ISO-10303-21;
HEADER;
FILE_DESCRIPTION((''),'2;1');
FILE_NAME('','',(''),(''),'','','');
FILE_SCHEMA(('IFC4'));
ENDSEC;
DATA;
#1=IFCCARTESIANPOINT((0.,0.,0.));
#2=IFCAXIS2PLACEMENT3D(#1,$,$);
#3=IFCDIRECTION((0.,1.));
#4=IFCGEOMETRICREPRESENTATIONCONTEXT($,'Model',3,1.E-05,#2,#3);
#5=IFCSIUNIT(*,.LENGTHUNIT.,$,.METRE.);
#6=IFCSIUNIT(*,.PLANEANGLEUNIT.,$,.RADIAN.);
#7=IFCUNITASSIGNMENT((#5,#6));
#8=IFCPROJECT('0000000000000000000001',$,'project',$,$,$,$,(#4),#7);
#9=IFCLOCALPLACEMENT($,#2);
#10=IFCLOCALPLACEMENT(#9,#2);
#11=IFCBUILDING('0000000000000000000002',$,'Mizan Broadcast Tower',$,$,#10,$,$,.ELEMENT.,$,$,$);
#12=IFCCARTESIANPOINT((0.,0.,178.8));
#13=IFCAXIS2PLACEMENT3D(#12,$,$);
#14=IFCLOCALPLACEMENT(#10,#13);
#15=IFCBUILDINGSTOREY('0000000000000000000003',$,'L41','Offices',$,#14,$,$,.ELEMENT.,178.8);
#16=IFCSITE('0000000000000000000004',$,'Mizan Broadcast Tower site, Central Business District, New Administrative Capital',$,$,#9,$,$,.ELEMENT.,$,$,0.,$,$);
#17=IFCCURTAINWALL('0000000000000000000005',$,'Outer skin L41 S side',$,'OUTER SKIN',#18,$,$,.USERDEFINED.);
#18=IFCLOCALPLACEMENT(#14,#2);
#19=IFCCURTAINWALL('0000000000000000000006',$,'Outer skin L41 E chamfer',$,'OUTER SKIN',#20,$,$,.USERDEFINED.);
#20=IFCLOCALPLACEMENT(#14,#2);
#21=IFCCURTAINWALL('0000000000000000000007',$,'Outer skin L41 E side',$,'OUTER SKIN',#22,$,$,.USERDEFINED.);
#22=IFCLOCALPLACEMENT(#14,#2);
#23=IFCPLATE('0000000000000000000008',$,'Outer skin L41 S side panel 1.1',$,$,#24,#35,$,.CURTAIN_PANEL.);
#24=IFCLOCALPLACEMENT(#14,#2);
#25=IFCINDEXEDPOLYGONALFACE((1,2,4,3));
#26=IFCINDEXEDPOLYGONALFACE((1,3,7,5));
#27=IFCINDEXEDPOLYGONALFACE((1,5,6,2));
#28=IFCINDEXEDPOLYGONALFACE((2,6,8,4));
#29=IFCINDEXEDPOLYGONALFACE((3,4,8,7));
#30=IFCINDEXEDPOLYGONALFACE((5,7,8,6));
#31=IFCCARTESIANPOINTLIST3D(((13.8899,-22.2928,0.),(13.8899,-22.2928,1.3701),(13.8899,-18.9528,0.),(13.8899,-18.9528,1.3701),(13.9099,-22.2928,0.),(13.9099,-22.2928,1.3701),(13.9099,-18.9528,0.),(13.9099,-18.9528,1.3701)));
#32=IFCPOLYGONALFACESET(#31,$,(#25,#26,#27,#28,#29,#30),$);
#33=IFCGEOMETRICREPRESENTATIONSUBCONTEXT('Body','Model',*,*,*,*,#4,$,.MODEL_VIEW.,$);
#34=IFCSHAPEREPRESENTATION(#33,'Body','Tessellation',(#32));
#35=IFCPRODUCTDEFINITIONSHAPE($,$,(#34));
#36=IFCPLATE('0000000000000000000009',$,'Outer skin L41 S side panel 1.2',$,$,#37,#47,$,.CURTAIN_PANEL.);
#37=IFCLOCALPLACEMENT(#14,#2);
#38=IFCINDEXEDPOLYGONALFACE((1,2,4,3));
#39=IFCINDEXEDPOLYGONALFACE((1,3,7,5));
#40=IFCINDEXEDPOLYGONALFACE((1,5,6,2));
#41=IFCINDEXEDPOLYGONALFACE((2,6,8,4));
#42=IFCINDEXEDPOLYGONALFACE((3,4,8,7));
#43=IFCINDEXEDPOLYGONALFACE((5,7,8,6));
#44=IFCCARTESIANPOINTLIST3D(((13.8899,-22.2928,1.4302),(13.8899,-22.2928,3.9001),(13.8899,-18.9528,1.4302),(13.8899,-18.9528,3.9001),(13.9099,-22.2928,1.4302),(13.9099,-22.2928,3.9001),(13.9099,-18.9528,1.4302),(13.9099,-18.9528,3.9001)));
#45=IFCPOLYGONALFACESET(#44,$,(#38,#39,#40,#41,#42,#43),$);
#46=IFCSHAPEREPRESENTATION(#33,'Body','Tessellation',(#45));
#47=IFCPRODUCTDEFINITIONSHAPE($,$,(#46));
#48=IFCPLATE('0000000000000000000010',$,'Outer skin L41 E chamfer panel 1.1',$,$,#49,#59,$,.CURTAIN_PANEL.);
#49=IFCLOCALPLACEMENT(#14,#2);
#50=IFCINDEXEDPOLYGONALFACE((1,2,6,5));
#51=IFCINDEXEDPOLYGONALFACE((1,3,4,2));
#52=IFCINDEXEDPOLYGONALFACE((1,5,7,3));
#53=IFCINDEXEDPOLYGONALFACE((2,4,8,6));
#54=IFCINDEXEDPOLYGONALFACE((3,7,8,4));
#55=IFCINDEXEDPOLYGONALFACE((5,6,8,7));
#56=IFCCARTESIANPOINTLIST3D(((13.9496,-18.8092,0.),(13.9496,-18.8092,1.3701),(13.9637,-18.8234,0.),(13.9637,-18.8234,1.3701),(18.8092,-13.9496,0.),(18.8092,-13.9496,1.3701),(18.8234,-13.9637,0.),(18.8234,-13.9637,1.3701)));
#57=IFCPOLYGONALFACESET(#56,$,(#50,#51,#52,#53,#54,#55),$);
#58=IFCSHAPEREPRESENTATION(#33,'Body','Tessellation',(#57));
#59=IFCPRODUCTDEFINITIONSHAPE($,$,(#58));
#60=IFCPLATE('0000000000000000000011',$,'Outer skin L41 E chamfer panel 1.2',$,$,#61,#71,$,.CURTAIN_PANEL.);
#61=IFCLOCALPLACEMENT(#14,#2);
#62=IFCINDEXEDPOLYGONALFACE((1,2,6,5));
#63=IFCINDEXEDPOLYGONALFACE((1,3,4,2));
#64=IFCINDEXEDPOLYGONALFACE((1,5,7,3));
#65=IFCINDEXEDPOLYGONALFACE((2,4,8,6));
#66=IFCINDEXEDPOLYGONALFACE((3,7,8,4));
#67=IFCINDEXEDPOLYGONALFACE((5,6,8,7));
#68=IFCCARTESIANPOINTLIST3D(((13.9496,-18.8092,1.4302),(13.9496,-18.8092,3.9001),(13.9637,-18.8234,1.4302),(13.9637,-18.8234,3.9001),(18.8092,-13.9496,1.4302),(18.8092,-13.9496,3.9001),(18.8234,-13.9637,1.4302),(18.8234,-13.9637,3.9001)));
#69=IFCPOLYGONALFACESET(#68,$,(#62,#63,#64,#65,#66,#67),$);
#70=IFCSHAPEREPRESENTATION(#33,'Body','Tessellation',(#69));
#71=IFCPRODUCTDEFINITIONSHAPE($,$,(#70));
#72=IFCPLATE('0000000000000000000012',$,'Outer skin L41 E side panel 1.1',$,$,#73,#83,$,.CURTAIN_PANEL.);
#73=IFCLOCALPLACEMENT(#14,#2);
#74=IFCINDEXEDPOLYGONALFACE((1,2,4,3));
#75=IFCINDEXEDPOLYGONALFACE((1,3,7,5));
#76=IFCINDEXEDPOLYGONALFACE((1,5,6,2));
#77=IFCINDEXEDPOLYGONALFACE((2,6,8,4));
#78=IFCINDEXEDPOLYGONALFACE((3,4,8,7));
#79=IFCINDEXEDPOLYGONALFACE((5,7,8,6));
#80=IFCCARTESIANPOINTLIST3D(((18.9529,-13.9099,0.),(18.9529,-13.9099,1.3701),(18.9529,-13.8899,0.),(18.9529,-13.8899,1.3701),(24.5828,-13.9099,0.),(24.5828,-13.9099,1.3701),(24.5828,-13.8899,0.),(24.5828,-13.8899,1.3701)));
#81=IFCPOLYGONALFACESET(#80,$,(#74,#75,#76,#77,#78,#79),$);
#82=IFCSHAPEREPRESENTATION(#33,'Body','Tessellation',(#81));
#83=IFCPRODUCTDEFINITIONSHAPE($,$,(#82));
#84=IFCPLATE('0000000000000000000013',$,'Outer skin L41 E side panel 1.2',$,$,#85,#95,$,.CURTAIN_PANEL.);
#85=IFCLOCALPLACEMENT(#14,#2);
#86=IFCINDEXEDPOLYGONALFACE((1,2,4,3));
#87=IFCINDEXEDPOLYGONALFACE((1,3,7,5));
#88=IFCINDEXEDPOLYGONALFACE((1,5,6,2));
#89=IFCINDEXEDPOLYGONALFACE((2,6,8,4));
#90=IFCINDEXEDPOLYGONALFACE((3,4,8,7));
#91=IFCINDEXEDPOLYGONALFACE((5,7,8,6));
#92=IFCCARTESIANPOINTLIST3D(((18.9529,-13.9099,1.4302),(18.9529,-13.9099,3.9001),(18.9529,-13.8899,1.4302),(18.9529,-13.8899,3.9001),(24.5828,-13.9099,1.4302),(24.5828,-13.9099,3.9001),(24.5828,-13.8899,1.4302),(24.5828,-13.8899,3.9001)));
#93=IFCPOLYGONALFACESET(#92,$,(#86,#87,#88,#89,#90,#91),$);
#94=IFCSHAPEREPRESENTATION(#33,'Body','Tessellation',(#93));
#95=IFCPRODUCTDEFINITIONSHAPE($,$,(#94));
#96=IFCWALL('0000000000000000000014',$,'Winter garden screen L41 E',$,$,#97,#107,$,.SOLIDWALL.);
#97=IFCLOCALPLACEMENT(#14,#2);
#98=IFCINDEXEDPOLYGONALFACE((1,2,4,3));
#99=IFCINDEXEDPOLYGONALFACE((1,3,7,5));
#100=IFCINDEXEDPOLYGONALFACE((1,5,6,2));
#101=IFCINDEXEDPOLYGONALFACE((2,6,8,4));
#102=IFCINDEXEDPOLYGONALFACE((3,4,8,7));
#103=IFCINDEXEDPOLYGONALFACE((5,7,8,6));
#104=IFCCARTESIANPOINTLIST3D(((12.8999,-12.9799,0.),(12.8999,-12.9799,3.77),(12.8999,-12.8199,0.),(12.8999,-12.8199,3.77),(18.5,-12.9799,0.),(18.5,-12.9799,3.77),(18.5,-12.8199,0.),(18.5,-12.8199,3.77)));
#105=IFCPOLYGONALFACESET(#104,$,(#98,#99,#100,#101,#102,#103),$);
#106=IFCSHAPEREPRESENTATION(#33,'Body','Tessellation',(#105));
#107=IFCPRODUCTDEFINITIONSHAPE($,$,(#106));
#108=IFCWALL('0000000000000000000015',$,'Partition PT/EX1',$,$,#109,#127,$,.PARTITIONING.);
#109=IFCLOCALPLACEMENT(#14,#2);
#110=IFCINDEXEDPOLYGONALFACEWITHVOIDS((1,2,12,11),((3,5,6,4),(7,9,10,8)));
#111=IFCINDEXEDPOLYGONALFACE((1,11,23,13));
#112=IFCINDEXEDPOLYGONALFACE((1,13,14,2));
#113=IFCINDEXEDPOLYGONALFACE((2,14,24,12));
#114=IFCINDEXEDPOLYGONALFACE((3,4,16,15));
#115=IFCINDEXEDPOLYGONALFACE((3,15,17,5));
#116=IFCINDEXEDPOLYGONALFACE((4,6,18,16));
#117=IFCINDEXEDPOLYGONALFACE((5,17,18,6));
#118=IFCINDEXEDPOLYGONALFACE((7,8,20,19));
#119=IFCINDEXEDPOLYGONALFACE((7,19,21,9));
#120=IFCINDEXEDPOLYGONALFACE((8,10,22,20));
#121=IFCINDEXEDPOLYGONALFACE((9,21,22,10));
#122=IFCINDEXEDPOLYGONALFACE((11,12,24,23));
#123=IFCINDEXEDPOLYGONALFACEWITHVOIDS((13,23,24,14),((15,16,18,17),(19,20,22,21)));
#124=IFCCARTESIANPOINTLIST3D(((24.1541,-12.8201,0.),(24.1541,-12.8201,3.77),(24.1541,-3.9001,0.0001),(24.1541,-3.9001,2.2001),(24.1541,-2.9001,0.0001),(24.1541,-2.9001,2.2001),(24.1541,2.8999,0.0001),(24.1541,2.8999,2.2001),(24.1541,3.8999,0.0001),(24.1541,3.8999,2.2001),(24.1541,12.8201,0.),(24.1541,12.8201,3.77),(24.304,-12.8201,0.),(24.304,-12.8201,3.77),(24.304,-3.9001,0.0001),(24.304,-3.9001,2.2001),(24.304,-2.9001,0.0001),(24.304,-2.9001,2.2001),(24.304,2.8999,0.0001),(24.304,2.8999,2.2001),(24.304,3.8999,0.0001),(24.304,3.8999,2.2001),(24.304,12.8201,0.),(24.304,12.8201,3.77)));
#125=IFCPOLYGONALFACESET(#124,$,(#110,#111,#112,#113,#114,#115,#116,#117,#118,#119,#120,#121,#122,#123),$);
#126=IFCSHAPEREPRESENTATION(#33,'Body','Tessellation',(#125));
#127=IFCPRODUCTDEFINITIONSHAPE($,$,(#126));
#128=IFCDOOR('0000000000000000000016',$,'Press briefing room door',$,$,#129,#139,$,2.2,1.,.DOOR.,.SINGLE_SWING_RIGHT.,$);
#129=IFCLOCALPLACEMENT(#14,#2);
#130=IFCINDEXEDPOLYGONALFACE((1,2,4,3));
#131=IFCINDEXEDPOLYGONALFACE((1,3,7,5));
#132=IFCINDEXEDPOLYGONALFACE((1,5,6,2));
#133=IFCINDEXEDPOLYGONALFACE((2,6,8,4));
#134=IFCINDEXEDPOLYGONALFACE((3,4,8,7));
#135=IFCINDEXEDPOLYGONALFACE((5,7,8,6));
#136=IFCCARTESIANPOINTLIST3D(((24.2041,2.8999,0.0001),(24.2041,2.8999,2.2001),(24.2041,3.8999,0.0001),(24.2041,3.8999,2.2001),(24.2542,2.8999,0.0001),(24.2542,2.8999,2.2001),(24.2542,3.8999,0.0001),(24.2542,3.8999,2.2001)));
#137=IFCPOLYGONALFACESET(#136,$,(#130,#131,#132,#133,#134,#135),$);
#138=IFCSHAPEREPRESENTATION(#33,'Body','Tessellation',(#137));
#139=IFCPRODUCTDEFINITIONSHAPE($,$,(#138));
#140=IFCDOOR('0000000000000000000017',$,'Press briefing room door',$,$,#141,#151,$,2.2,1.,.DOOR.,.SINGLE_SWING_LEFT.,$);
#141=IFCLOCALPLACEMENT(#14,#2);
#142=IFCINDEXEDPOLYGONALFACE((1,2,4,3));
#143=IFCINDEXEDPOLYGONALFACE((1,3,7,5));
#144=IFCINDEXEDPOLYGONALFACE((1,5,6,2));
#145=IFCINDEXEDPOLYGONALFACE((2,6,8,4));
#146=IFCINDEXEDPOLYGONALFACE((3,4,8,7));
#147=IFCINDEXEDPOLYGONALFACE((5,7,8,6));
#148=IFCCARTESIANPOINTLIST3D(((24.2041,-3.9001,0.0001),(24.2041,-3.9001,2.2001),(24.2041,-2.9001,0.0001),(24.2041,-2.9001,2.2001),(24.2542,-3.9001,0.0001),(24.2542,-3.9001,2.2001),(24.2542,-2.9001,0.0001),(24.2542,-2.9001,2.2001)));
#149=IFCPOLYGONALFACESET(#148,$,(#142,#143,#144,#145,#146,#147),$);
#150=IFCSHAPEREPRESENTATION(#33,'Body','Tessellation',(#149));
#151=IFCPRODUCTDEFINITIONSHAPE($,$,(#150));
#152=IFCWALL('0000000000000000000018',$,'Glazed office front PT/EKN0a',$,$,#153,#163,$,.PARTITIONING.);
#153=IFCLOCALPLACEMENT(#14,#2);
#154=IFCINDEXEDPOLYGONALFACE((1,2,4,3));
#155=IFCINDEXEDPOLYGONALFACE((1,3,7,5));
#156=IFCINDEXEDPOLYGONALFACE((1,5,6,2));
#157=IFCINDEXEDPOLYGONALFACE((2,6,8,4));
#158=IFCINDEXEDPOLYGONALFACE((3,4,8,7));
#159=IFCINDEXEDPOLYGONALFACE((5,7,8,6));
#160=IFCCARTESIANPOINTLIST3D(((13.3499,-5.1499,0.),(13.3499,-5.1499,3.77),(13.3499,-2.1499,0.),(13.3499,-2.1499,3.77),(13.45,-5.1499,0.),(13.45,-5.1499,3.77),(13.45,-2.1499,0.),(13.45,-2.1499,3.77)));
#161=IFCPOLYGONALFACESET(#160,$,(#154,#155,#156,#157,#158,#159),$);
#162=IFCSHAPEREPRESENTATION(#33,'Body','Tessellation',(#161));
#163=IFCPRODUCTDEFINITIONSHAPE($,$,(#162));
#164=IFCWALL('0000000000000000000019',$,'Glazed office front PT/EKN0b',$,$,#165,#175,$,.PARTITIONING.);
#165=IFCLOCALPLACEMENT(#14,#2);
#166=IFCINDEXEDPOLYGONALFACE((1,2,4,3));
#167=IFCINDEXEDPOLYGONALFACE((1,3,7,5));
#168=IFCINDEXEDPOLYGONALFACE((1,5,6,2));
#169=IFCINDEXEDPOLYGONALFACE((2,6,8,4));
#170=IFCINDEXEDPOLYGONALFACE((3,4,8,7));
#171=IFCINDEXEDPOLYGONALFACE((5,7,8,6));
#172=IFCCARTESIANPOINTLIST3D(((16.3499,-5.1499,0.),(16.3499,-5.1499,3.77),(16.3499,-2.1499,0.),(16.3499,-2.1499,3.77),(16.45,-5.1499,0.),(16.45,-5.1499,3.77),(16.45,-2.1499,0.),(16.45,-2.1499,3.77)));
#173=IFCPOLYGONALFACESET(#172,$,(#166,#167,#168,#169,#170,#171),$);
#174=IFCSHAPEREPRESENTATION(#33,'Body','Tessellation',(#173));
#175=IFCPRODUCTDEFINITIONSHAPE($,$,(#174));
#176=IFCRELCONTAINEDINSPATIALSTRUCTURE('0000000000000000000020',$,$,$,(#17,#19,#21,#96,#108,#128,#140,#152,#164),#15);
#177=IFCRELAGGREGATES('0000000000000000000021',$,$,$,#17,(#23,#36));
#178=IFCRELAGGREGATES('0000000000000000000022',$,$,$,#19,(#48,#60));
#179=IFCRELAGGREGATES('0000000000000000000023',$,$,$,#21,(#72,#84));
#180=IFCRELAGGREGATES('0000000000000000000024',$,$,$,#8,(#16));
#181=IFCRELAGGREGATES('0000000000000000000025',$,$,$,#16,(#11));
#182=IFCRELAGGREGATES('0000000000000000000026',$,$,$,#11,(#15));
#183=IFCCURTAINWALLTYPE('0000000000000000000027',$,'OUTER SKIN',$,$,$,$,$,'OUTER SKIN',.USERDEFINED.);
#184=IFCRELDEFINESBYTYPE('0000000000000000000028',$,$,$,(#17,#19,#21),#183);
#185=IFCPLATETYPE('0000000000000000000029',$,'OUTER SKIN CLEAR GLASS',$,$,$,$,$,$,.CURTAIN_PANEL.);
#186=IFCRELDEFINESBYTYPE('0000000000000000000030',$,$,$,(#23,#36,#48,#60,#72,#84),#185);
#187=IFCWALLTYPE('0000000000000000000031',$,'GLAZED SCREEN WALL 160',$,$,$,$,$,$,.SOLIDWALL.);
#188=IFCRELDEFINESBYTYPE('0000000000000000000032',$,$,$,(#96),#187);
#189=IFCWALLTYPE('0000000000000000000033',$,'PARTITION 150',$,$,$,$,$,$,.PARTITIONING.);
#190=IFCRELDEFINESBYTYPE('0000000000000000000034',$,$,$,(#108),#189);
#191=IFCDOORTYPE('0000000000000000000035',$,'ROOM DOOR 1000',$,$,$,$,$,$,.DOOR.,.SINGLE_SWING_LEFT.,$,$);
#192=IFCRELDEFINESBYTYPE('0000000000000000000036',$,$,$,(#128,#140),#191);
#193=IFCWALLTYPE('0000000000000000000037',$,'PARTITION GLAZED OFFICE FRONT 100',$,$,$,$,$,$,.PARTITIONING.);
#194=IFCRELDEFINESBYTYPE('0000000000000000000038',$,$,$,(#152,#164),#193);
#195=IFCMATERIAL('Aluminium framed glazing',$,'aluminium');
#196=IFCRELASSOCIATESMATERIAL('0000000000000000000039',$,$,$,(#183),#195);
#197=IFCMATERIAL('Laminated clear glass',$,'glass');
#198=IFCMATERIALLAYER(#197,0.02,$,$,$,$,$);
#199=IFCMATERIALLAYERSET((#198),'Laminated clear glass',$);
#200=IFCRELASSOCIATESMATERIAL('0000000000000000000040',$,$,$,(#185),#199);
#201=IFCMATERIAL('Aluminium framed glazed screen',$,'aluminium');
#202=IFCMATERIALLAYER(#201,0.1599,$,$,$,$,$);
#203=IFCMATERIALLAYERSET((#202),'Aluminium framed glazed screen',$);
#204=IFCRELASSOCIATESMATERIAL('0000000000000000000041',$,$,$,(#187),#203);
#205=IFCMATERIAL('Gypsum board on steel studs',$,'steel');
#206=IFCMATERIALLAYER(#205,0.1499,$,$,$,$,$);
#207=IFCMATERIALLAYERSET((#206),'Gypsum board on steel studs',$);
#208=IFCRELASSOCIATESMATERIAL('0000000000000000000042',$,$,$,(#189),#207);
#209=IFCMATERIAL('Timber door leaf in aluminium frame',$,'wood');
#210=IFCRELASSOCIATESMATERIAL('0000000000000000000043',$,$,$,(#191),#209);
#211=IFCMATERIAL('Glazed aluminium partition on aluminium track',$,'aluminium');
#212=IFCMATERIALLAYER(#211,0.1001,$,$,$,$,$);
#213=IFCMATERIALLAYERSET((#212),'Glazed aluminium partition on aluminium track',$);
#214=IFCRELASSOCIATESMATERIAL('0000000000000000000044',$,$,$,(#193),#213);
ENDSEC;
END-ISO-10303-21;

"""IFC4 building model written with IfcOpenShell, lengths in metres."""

from ifc_helpers import new_model, si_unit, direction, frame, frame_2d, origin, origin_2d, place, context, subcontext, project, spatial, rectangle, extrude, material, layer, layer_set, type_object, element, fill, aggregate, save


model = new_model("IFC4")

# Units and contexts
model_context = context("Model", 3, precision=1e-05, world=origin(), true_north=direction((0.0, 1.0)))
body_context = subcontext(model_context, "Body", "Model", "MODEL_VIEW")
ifc_project = project(units=[si_unit("LENGTHUNIT", "METRE"), si_unit("PLANEANGLEUNIT", "RADIAN")], contexts=[model_context])

# Site, building, storey
site_placement = place(None, origin())
site = spatial("IfcSite", under=ifc_project, at=site_placement, Name="Mizan Broadcast Tower site, Central Business District, New Administrative Capital", CompositionType="ELEMENT", RefElevation=0.0)
building_placement = place(site_placement, origin())
building = spatial("IfcBuilding", under=site, at=building_placement, Name="Mizan Broadcast Tower", CompositionType="ELEMENT")
storey_placement = place(building_placement, frame((0.0, 0.0, 178.8)))
storey = spatial("IfcBuildingStorey", under=building, at=storey_placement, Name="L41", Description="Offices", CompositionType="ELEMENT", Elevation=178.8)

# Curtain walls
ifc_material_1 = material(Name="Aluminium framed glazing", Category="aluminium")
curtain_wall_type_1 = type_object("IfcCurtainWallType", Name="OUTER SKIN", ElementType="OUTER SKIN", PredefinedType="USERDEFINED", material=ifc_material_1)
curtain_wall_1_placement = place(storey_placement, origin())
curtain_wall_1 = element("IfcCurtainWall", 1, at=curtain_wall_1_placement, inside=storey, type_object=curtain_wall_type_1, Name="Outer skin L41 S side", ObjectType="OUTER SKIN", PredefinedType="USERDEFINED")
curtain_wall_2_placement = place(storey_placement, origin())
curtain_wall_2 = element("IfcCurtainWall", 2, at=curtain_wall_2_placement, inside=storey, type_object=curtain_wall_type_1, Name="Outer skin L41 E chamfer", ObjectType="OUTER SKIN", PredefinedType="USERDEFINED")
curtain_wall_3_placement = place(storey_placement, origin())
curtain_wall_3 = element("IfcCurtainWall", 3, at=curtain_wall_3_placement, inside=storey, type_object=curtain_wall_type_1, Name="Outer skin L41 E side", ObjectType="OUTER SKIN", PredefinedType="USERDEFINED")

# Plates
ifc_material_2 = material(Name="Laminated clear glass", Category="glass")
ifc_layer_1 = layer(ifc_material_2, 0.02)
ifc_layer_set_1 = layer_set([ifc_layer_1], Name="Laminated clear glass")
plate_type_1 = type_object("IfcPlateType", Name="OUTER SKIN CLEAR GLASS", PredefinedType="CURTAIN_PANEL", material=ifc_layer_set_1)
plate_1_placement = place(storey_placement, frame((13.8999, -20.6228, 0.0), z_axis=(0.0, 0.0, 1.0), x_axis=(0.0, 1.0, 0.0)))
plate_1 = element("IfcPlate", 4, at=plate_1_placement, type_object=plate_type_1, Name="Outer skin L41 S side panel 1.1", PredefinedType="CURTAIN_PANEL", context=body_context, shape_type="SweptSolid", body=[
    extrude(rectangle(XDim=3.3401, YDim=0.02, at=origin_2d()), origin(), (0.0, 0.0, 1.0), 1.3701),
])
plate_2_placement = place(storey_placement, frame((13.8999, -20.6228, 1.4302), z_axis=(0.0, 0.0, 1.0), x_axis=(0.0, 1.0, 0.0)))
plate_2 = element("IfcPlate", 5, at=plate_2_placement, type_object=plate_type_1, Name="Outer skin L41 S side panel 1.2", PredefinedType="CURTAIN_PANEL", context=body_context, shape_type="SweptSolid", body=[
    extrude(rectangle(XDim=3.3401, YDim=0.02, at=origin_2d()), origin(), (0.0, 0.0, 1.0), 2.47),
])
aggregate(curtain_wall_1, [plate_1, plate_2])
plate_3_placement = place(storey_placement, frame((16.3865, -16.3865, 0.0), z_axis=(0.0, 0.0, 1.0), x_axis=(0.707107, 0.707107, 0.0)))
plate_3 = element("IfcPlate", 6, at=plate_3_placement, type_object=plate_type_1, Name="Outer skin L41 E chamfer panel 1.1", PredefinedType="CURTAIN_PANEL", context=body_context, shape_type="SweptSolid", body=[
    extrude(rectangle(XDim=6.8726, YDim=0.02, at=origin_2d()), origin(), (0.0, 0.0, 1.0), 1.3701),
])
plate_4_placement = place(storey_placement, frame((16.3865, -16.3865, 1.4302), z_axis=(0.0, 0.0, 1.0), x_axis=(0.707107, 0.707107, 0.0)))
plate_4 = element("IfcPlate", 7, at=plate_4_placement, type_object=plate_type_1, Name="Outer skin L41 E chamfer panel 1.2", PredefinedType="CURTAIN_PANEL", context=body_context, shape_type="SweptSolid", body=[
    extrude(rectangle(XDim=6.8726, YDim=0.02, at=origin_2d()), origin(), (0.0, 0.0, 1.0), 2.47),
])
aggregate(curtain_wall_2, [plate_3, plate_4])
plate_5_placement = place(storey_placement, frame((21.7678, -13.8999, 0.0), z_axis=(0.0, 0.0, 1.0), x_axis=(1.0, 0.0, 0.0)))
plate_5 = element("IfcPlate", 8, at=plate_5_placement, type_object=plate_type_1, Name="Outer skin L41 E side panel 1.1", PredefinedType="CURTAIN_PANEL", context=body_context, shape_type="SweptSolid", body=[
    extrude(rectangle(XDim=5.6299, YDim=0.02, at=origin_2d()), origin(), (0.0, 0.0, 1.0), 1.3701),
])
plate_6_placement = place(storey_placement, frame((21.7678, -13.8999, 1.4302), z_axis=(0.0, 0.0, 1.0), x_axis=(1.0, 0.0, 0.0)))
plate_6 = element("IfcPlate", 9, at=plate_6_placement, type_object=plate_type_1, Name="Outer skin L41 E side panel 1.2", PredefinedType="CURTAIN_PANEL", context=body_context, shape_type="SweptSolid", body=[
    extrude(rectangle(XDim=5.6299, YDim=0.02, at=origin_2d()), origin(), (0.0, 0.0, 1.0), 2.47),
])
aggregate(curtain_wall_3, [plate_5, plate_6])

# Wall
ifc_material_3 = material(Name="Aluminium framed glazed screen", Category="aluminium")
ifc_layer_2 = layer(ifc_material_3, 0.1599)
ifc_layer_set_2 = layer_set([ifc_layer_2], Name="Aluminium framed glazed screen")
wall_type_1 = type_object("IfcWallType", Name="GLAZED SCREEN WALL 160", PredefinedType="SOLIDWALL", material=ifc_layer_set_2)
wall_1_placement = place(storey_placement, frame((12.8999, -12.8999, 0.0), z_axis=(0.0, 0.0, 1.0), x_axis=(1.0, 0.0, 0.0)))
element("IfcWall", 10, at=wall_1_placement, inside=storey, type_object=wall_type_1, Name="Winter garden screen L41 E", PredefinedType="SOLIDWALL", context=body_context, shape_type="SweptSolid", body=[
    extrude(rectangle(XDim=5.6001, YDim=0.1599, at=frame_2d((2.8, 0.0))), origin(), (0.0, 0.0, 1.0), 3.77),
])

# Wall, openings, doors
ifc_material_4 = material(Name="Gypsum board on steel studs", Category="steel")
ifc_layer_3 = layer(ifc_material_4, 0.1499)
ifc_layer_set_3 = layer_set([ifc_layer_3], Name="Gypsum board on steel studs")
wall_type_2 = type_object("IfcWallType", Name="PARTITION 150", PredefinedType="PARTITIONING", material=ifc_layer_set_3)
wall_2_placement = place(storey_placement, frame((24.229, -12.8201, 0.0), z_axis=(0.0, 0.0, 1.0), x_axis=(0.0, 1.0, 0.0)))
wall_2 = element("IfcWall", 11, at=wall_2_placement, inside=storey, type_object=wall_type_2, Name="Partition PT/EX1", PredefinedType="PARTITIONING", context=body_context, shape_type="SweptSolid", body=[
    extrude(rectangle(XDim=25.6401, YDim=0.1499, at=frame_2d((12.8201, 0.0))), origin(), (0.0, 0.0, 1.0), 3.77),
])
opening_1_placement = place(wall_2_placement, frame((15.72, 0.0, 0.0)))
opening_1 = element("IfcOpeningElement", 12, at=opening_1_placement, cuts=wall_2, PredefinedType="OPENING", context=body_context, shape_type="SweptSolid", body=[
    extrude(rectangle(XDim=1.0, YDim=2.2, at=frame_2d((0.5, 1.1001))), frame((0.0, 0.085, 0.0), z_axis=(0.0, -1.0, 0.0), x_axis=(1.0, 0.0, 0.0)), (0.0, 0.0, 1.0), 0.1699),
])
opening_2_placement = place(wall_2_placement, frame((8.9199, 0.0, 0.0)))
opening_2 = element("IfcOpeningElement", 13, at=opening_2_placement, cuts=wall_2, PredefinedType="OPENING", context=body_context, shape_type="SweptSolid", body=[
    extrude(rectangle(XDim=1.0, YDim=2.2, at=frame_2d((0.5, 1.1001))), frame((0.0, 0.085, 0.0), z_axis=(0.0, -1.0, 0.0), x_axis=(1.0, 0.0, 0.0)), (0.0, 0.0, 1.0), 0.1699),
])
ifc_material_5 = material(Name="Timber door leaf in aluminium frame", Category="wood")
door_type_1 = type_object("IfcDoorType", Name="ROOM DOOR 1000", OperationType="SINGLE_SWING_LEFT", PredefinedType="DOOR", material=ifc_material_5)
door_1_placement = place(opening_1_placement, origin())
door_1 = element("IfcDoor", 14, at=door_1_placement, inside=storey, type_object=door_type_1, Name="Press briefing room door", OperationType="SINGLE_SWING_RIGHT", OverallHeight=2.2, OverallWidth=1.0, PredefinedType="DOOR", context=body_context, shape_type="SweptSolid", body=[
    extrude(rectangle(XDim=1.0, YDim=2.2, at=frame_2d((0.5, 1.1001))), frame((0.0, 0.0249, 0.0), z_axis=(0.0, -1.0, 0.0), x_axis=(1.0, 0.0, 0.0)), (0.0, 0.0, 1.0), 0.05),
])
fill(opening_1, door_1)
door_2_placement = place(opening_2_placement, origin())
door_2 = element("IfcDoor", 15, at=door_2_placement, inside=storey, type_object=door_type_1, Name="Press briefing room door", OperationType="SINGLE_SWING_LEFT", OverallHeight=2.2, OverallWidth=1.0, PredefinedType="DOOR", context=body_context, shape_type="SweptSolid", body=[
    extrude(rectangle(XDim=1.0, YDim=2.2, at=frame_2d((0.5, 1.1001))), frame((0.0, 0.0249, 0.0), z_axis=(0.0, -1.0, 0.0), x_axis=(1.0, 0.0, 0.0)), (0.0, 0.0, 1.0), 0.05),
])
fill(opening_2, door_2)

# Walls
ifc_material_6 = material(Name="Glazed aluminium partition on aluminium track", Category="aluminium")
ifc_layer_4 = layer(ifc_material_6, 0.1001)
ifc_layer_set_4 = layer_set([ifc_layer_4], Name="Glazed aluminium partition on aluminium track")
wall_type_3 = type_object("IfcWallType", Name="PARTITION GLAZED OFFICE FRONT 100", PredefinedType="PARTITIONING", material=ifc_layer_set_4)
for number, where, z_axis, x_axis, name in (
    (16, (13.3999, -2.1499, 0.0), (0.0, 0.0, 1.0), (0.0, -1.0, 0.0), "Glazed office front PT/EKN0a"),
    (17, (16.3999, -2.1499, 0.0), (0.0, 0.0, 1.0), (0.0, -1.0, 0.0), "Glazed office front PT/EKN0b"),
):
    element("IfcWall", number, at=place(storey_placement, frame(where, z_axis=z_axis, x_axis=x_axis)), inside=storey, type_object=wall_type_3, Name=name, PredefinedType="PARTITIONING", context=body_context, shape_type="SweptSolid", body=[
        extrude(rectangle(XDim=3.0, YDim=0.1001, at=frame_2d((1.5, 0.0))), origin(), (0.0, 0.0, 1.0), 3.77),
    ])

save(model, "model.ifc")
